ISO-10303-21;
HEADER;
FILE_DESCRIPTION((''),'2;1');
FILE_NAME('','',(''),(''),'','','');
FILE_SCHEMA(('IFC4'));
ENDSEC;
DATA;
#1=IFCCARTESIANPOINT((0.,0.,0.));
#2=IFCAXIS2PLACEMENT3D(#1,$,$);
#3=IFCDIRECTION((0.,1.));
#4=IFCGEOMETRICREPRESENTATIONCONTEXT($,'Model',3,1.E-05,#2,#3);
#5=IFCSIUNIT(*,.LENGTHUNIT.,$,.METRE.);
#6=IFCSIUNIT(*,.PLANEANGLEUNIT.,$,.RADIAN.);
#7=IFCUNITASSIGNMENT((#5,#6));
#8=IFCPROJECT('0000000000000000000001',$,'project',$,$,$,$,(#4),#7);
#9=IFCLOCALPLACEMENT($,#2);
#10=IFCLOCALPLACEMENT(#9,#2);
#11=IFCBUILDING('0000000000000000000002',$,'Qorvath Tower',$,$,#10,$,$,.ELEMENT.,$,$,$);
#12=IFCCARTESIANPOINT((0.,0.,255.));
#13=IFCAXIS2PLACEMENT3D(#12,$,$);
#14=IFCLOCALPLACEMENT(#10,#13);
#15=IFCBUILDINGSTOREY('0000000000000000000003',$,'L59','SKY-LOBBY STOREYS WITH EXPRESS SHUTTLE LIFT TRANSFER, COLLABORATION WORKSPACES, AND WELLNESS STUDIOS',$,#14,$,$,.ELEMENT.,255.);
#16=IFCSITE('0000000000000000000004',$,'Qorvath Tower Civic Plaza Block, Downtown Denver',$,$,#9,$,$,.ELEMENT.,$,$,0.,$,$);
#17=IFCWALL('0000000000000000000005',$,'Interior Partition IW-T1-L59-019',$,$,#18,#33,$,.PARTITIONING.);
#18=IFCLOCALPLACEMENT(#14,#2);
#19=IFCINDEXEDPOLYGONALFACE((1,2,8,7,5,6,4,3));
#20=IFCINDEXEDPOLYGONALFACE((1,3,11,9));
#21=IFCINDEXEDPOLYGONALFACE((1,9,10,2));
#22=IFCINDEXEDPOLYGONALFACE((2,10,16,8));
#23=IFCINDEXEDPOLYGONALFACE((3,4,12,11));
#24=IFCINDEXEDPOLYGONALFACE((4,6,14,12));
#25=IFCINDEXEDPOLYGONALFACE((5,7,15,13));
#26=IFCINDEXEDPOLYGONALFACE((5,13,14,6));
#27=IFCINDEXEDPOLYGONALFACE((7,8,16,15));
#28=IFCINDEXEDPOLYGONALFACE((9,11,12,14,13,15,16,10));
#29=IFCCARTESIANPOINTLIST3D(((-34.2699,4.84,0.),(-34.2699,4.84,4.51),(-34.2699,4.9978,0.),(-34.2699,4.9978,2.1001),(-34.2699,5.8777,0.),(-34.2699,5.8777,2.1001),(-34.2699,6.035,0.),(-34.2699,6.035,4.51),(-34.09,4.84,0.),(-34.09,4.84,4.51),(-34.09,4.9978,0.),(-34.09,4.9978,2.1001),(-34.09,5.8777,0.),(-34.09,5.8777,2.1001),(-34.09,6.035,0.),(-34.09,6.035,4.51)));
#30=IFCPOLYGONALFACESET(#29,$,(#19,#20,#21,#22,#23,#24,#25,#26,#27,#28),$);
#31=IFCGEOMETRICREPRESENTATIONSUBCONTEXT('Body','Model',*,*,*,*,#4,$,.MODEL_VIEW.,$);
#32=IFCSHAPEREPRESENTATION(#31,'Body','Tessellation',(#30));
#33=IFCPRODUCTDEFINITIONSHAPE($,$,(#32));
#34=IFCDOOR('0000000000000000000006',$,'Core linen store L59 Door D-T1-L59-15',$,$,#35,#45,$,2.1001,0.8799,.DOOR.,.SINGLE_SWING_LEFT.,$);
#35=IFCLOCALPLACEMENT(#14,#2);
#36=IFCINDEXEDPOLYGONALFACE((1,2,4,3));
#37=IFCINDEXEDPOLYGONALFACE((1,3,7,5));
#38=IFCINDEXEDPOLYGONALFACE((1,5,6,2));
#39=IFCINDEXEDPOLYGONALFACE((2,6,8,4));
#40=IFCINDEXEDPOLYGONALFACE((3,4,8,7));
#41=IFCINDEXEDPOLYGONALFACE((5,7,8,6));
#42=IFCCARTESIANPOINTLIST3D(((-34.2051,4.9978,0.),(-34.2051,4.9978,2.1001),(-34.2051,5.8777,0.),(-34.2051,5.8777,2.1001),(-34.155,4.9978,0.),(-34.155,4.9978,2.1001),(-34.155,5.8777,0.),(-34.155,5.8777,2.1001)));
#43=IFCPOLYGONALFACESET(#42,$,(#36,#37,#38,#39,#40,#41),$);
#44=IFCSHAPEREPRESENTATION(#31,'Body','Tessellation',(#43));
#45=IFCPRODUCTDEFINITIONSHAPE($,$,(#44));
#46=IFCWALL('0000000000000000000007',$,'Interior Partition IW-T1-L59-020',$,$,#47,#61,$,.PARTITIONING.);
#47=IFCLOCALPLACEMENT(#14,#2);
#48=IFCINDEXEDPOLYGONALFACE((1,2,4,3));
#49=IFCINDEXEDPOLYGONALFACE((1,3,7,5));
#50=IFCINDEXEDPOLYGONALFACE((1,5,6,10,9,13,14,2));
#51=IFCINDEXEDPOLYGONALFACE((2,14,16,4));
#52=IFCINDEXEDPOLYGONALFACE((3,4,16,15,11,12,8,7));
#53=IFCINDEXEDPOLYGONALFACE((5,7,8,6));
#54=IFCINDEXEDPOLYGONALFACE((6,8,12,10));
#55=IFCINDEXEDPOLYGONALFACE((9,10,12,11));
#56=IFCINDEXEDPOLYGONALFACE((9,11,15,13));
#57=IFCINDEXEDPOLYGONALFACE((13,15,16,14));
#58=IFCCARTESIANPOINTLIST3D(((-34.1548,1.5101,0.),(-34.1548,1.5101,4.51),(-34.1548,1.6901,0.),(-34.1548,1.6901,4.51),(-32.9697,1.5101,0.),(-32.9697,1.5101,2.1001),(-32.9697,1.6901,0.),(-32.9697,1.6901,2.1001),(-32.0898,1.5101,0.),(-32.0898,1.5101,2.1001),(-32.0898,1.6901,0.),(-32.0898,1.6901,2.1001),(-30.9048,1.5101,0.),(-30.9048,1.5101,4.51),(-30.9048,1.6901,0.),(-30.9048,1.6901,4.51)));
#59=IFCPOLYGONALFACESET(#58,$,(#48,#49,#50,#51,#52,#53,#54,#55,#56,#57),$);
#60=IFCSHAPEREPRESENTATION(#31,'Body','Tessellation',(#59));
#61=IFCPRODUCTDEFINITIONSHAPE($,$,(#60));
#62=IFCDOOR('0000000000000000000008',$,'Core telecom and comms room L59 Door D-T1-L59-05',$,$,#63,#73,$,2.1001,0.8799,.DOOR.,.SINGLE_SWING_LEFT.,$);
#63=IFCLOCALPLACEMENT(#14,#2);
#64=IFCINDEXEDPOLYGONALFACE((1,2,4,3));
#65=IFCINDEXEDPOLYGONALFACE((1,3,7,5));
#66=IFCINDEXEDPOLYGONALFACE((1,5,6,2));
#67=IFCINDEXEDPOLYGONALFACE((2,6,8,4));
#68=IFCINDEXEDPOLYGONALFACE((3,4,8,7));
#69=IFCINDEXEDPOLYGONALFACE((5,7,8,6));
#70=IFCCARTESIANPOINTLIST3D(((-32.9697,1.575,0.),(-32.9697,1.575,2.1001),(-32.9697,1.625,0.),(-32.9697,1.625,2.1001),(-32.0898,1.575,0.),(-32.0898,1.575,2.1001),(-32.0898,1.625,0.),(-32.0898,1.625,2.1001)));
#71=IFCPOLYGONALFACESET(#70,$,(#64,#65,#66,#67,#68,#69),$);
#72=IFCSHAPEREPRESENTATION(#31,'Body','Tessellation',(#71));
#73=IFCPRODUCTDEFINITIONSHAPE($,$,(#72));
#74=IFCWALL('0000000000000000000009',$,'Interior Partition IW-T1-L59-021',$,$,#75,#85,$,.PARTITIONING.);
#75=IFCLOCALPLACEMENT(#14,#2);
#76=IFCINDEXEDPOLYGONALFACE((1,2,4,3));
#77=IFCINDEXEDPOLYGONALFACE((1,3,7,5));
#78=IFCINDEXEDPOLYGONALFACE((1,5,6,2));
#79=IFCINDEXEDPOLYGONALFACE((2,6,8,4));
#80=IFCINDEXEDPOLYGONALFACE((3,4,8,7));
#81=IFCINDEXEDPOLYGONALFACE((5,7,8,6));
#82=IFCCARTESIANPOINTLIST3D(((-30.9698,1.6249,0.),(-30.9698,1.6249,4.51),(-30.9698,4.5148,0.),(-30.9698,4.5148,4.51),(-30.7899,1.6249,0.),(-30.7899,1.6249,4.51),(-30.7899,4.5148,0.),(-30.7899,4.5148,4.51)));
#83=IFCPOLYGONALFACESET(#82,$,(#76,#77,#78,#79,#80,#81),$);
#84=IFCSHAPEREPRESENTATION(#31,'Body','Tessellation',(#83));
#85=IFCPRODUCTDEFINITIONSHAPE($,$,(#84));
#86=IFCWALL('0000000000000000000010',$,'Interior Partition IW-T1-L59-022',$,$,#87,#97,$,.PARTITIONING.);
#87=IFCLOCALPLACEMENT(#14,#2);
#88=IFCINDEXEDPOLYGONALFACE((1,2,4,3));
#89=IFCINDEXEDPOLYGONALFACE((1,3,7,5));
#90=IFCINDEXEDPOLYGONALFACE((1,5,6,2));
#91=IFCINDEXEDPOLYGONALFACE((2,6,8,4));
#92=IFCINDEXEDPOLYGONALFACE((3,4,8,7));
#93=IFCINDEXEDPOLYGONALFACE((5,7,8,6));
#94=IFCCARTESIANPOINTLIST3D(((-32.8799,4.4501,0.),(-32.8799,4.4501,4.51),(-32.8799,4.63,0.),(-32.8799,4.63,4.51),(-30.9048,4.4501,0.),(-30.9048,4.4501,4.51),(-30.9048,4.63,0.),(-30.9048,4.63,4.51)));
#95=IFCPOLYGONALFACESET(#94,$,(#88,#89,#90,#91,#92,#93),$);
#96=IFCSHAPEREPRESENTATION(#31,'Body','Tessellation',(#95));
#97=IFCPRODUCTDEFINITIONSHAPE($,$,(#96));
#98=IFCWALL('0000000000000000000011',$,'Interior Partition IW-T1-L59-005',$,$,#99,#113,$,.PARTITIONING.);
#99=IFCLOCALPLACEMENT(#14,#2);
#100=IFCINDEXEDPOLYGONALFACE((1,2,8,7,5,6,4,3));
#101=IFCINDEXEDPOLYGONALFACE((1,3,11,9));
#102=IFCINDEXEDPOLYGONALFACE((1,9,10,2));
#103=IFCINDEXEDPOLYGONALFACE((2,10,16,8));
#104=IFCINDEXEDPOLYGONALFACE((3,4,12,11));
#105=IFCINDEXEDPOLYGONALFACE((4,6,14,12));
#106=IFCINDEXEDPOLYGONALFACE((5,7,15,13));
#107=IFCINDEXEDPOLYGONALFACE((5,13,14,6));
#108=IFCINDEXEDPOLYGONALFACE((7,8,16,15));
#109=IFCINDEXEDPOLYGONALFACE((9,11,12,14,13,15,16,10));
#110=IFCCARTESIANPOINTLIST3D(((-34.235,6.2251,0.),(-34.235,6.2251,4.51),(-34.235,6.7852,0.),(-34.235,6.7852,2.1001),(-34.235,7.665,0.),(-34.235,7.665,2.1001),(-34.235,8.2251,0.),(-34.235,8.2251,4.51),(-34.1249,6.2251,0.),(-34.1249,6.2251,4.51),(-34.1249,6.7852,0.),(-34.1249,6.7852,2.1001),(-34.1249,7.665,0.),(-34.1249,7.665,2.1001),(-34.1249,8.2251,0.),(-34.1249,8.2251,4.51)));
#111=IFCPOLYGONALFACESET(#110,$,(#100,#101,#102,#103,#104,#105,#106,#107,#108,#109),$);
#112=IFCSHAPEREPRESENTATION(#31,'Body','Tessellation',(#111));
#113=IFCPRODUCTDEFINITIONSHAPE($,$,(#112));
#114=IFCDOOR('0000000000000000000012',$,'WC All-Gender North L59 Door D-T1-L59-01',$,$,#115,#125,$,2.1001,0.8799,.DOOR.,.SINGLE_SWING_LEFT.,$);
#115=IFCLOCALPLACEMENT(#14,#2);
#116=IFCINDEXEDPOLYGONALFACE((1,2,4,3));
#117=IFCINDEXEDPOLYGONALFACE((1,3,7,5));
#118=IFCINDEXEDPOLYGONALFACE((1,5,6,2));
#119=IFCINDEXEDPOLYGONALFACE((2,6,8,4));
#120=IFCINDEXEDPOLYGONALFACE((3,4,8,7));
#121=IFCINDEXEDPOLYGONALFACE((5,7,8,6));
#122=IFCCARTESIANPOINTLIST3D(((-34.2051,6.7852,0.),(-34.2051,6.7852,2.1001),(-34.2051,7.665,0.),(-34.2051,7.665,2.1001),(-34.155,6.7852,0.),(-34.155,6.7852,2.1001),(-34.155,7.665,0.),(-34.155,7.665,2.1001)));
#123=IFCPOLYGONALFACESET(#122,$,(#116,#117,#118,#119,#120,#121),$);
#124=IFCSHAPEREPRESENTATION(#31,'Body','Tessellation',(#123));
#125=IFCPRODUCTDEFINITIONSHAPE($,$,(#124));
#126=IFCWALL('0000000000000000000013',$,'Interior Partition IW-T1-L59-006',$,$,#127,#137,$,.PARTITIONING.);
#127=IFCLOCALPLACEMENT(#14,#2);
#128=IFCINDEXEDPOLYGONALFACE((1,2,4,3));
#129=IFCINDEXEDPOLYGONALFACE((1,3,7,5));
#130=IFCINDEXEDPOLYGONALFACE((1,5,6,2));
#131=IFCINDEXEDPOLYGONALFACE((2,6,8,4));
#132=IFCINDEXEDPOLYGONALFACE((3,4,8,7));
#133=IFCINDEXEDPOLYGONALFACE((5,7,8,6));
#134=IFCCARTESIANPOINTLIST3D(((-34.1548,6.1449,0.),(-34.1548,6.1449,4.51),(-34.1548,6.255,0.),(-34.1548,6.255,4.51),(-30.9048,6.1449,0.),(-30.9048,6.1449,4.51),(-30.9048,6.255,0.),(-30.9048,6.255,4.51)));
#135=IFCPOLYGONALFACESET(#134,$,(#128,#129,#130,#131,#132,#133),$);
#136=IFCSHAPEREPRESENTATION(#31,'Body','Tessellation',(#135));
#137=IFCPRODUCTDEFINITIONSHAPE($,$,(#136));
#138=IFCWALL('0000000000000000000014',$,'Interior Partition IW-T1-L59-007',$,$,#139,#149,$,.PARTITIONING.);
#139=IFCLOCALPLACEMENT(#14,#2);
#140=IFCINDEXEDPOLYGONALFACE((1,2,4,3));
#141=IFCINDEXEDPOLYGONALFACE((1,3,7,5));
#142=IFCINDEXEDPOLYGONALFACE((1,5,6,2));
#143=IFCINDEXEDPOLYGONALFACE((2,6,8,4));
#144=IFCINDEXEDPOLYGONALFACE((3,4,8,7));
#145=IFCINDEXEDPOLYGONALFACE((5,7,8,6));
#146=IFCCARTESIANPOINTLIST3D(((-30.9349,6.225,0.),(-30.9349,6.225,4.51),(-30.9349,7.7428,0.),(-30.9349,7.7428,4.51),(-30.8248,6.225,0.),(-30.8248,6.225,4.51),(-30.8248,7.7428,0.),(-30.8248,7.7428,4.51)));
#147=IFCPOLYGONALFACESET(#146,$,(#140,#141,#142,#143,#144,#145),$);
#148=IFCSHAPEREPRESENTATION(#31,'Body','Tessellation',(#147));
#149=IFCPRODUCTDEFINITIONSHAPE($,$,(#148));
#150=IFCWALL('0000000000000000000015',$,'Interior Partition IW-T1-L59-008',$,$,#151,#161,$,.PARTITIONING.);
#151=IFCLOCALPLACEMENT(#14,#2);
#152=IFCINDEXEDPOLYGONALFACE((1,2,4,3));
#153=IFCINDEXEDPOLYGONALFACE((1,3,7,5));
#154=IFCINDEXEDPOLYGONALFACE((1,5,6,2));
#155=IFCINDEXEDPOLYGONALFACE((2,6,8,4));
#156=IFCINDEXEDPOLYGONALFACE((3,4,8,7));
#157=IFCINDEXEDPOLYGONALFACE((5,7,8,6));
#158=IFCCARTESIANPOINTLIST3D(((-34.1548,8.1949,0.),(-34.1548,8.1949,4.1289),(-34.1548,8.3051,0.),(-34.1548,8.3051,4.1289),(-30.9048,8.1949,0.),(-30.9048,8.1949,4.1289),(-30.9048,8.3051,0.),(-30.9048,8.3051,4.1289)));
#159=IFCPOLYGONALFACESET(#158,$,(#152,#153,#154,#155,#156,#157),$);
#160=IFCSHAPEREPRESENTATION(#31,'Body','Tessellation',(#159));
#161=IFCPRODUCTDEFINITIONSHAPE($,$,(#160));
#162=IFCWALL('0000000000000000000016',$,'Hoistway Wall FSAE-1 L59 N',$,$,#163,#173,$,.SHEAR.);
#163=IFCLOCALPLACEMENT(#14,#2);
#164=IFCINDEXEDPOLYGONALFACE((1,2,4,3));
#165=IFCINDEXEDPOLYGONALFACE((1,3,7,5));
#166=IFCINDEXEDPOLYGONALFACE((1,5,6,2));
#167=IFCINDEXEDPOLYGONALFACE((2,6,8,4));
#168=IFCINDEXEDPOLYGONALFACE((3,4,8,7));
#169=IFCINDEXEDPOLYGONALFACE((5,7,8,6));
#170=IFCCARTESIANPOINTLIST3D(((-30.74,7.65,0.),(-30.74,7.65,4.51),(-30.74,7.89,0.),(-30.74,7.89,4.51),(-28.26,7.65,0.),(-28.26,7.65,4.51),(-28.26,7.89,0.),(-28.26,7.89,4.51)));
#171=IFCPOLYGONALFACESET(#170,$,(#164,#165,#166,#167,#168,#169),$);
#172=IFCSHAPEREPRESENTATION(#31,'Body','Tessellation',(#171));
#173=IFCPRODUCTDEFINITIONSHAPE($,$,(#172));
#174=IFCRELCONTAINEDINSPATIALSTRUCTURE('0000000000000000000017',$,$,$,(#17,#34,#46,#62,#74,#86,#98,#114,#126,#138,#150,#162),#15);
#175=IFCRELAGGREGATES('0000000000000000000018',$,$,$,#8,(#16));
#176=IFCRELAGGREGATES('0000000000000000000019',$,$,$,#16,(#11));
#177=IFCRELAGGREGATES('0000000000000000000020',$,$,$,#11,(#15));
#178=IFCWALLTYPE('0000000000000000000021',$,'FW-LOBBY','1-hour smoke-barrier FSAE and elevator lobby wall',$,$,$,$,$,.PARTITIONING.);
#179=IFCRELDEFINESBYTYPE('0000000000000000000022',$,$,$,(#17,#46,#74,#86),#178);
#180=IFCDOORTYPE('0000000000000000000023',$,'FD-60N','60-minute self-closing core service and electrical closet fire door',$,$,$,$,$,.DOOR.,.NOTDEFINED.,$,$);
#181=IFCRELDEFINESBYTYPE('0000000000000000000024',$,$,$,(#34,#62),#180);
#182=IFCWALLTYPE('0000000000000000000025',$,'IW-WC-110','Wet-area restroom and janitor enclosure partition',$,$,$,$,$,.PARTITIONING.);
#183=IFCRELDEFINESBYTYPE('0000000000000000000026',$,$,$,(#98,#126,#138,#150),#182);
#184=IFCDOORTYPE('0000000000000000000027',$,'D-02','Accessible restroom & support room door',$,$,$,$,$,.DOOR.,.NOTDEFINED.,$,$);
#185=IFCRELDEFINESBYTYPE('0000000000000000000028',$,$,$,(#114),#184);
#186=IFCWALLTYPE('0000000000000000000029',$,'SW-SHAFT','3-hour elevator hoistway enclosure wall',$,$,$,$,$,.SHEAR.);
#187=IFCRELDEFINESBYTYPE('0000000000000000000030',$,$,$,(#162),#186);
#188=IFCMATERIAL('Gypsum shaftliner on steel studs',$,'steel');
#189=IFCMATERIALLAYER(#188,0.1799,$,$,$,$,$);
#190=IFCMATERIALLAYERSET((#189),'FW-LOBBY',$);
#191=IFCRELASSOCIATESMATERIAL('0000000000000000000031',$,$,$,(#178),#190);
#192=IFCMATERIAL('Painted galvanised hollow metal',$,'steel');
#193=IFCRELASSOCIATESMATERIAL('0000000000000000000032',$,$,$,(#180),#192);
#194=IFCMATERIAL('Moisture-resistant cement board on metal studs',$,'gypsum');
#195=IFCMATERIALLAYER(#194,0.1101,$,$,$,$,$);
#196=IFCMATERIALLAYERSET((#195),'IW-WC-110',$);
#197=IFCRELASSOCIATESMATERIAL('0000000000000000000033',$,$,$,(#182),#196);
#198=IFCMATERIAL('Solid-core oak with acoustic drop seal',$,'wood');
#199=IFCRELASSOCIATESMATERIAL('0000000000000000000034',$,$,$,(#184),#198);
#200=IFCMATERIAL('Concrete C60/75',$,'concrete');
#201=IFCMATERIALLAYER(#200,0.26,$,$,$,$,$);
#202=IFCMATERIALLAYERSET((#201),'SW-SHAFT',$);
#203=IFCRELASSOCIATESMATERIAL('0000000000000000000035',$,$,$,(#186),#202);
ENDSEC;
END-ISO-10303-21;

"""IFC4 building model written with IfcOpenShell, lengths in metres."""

from ifc_helpers import new_model, si_unit, direction, frame, frame_2d, origin, place, context, subcontext, project, spatial, rectangle, extrude, material, layer, layer_set, type_object, element, fill, save


model = new_model("IFC4")

# Units and contexts
model_context = context("Model", 3, precision=1e-05, world=origin(), true_north=direction((0.0, 1.0)))
body_context = subcontext(model_context, "Body", "Model", "MODEL_VIEW")
ifc_project = project(units=[si_unit("LENGTHUNIT", "METRE"), si_unit("PLANEANGLEUNIT", "RADIAN")], contexts=[model_context])

# Site, building, storey
site_placement = place(None, origin())
site = spatial("IfcSite", under=ifc_project, at=site_placement, Name="Qorvath Tower Civic Plaza Block, Downtown Denver", CompositionType="ELEMENT", RefElevation=0.0)
building_placement = place(site_placement, origin())
building = spatial("IfcBuilding", under=site, at=building_placement, Name="Qorvath Tower", CompositionType="ELEMENT")
storey_placement = place(building_placement, frame((0.0, 0.0, 255.0)))
storey = spatial("IfcBuildingStorey", under=building, at=storey_placement, Name="L59", Description="SKY-LOBBY STOREYS WITH EXPRESS SHUTTLE LIFT TRANSFER, COLLABORATION WORKSPACES, AND WELLNESS STUDIOS", CompositionType="ELEMENT", Elevation=255.0)

# Shared definitions
ifc_material_1 = material(Name="Gypsum shaftliner on steel studs", Category="steel")
ifc_layer_1 = layer(ifc_material_1, 0.1799)
ifc_layer_set_1 = layer_set([ifc_layer_1], Name="FW-LOBBY")
wall_type_1 = type_object("IfcWallType", Name="FW-LOBBY", Description="1-hour smoke-barrier FSAE and elevator lobby wall", PredefinedType="PARTITIONING", material=ifc_layer_set_1)

# Walls, openings, doors
wall_1_placement = place(storey_placement, frame((-34.1799, 6.0352, 0.0), z_axis=(0.0, 0.0, 1.0), x_axis=(0.0, -1.0, 0.0)))
wall_1 = element("IfcWall", 1, at=wall_1_placement, inside=storey, type_object=wall_type_1, Name="Interior Partition IW-T1-L59-019", PredefinedType="PARTITIONING", context=body_context, shape_type="SweptSolid", body=[
    extrude(rectangle(XDim=1.1951, YDim=0.1799, at=frame_2d((0.5977, 0.0))), origin(), (0.0, 0.0, 1.0), 4.51),
])
opening_1_placement = place(wall_1_placement, frame((0.1575, 0.0, 0.0)))
opening_1 = element("IfcOpeningElement", 2, at=opening_1_placement, cuts=wall_1, PredefinedType="OPENING", context=body_context, shape_type="SweptSolid", body=[
    extrude(rectangle(XDim=0.8799, YDim=2.1001, at=frame_2d((0.4399, 1.05))), frame((0.0, 0.1001, 0.0), z_axis=(0.0, -1.0, 0.0), x_axis=(1.0, 0.0, 0.0)), (0.0, 0.0, 1.0), 0.2),
])
ifc_material_2 = material(Name="Painted galvanised hollow metal", Category="steel")
door_type_1 = type_object("IfcDoorType", Name="FD-60N", Description="60-minute self-closing core service and electrical closet fire door", OperationType="NOTDEFINED", PredefinedType="DOOR", material=ifc_material_2)
door_1_placement = place(opening_1_placement, origin())
door_1 = element("IfcDoor", 3, at=door_1_placement, inside=storey, type_object=door_type_1, Name="Core linen store L59 Door D-T1-L59-15", OperationType="SINGLE_SWING_LEFT", OverallHeight=2.1001, OverallWidth=0.8799, PredefinedType="DOOR", context=body_context, shape_type="SweptSolid", body=[
    extrude(rectangle(XDim=0.8799, YDim=2.1001, at=frame_2d((0.4399, 1.05))), frame((0.0, 0.0249, 0.0), z_axis=(0.0, -1.0, 0.0), x_axis=(1.0, 0.0, 0.0)), (0.0, 0.0, 1.0), 0.05),
])
fill(opening_1, door_1)
wall_2_placement = place(storey_placement, frame((-34.1548, 1.6001, 0.0), z_axis=(0.0, 0.0, 1.0), x_axis=(1.0, 0.0, 0.0)))
wall_2 = element("IfcWall", 4, at=wall_2_placement, inside=storey, type_object=wall_type_1, Name="Interior Partition IW-T1-L59-020", PredefinedType="PARTITIONING", context=body_context, shape_type="SweptSolid", body=[
    extrude(rectangle(XDim=3.25, YDim=0.1799, at=frame_2d((1.625, 0.0))), origin(), (0.0, 0.0, 1.0), 4.51),
])
opening_2_placement = place(wall_2_placement, frame((1.1851, 0.0, 0.0)))
opening_2 = element("IfcOpeningElement", 5, at=opening_2_placement, cuts=wall_2, PredefinedType="OPENING", context=body_context, shape_type="SweptSolid", body=[
    extrude(rectangle(XDim=0.8799, YDim=2.1001, at=frame_2d((0.4399, 1.05))), frame((0.0, 0.1001, 0.0), z_axis=(0.0, -1.0, 0.0), x_axis=(1.0, 0.0, 0.0)), (0.0, 0.0, 1.0), 0.2),
])
door_2_placement = place(opening_2_placement, origin())
door_2 = element("IfcDoor", 6, at=door_2_placement, inside=storey, type_object=door_type_1, Name="Core telecom and comms room L59 Door D-T1-L59-05", OperationType="SINGLE_SWING_LEFT", OverallHeight=2.1001, OverallWidth=0.8799, PredefinedType="DOOR", context=body_context, shape_type="SweptSolid", body=[
    extrude(rectangle(XDim=0.8799, YDim=2.1001, at=frame_2d((0.4399, 1.05))), frame((0.0, 0.0249, 0.0), z_axis=(0.0, -1.0, 0.0), x_axis=(1.0, 0.0, 0.0)), (0.0, 0.0, 1.0), 0.05),
])
fill(opening_2, door_2)

# Walls
wall_3_placement = place(storey_placement, frame((-30.8799, 1.625, 0.0), z_axis=(0.0, 0.0, 1.0), x_axis=(0.0, 1.0, 0.0)))
element("IfcWall", 7, at=wall_3_placement, inside=storey, type_object=wall_type_1, Name="Interior Partition IW-T1-L59-021", PredefinedType="PARTITIONING", context=body_context, shape_type="SweptSolid", body=[
    extrude(rectangle(XDim=2.8899, YDim=0.1799, at=frame_2d((1.4448, 0.0))), origin(), (0.0, 0.0, 1.0), 4.51),
])
wall_4_placement = place(storey_placement, frame((-30.9048, 4.54, 0.0), z_axis=(0.0, 0.0, 1.0), x_axis=(-1.0, 0.0, 0.0)))
element("IfcWall", 8, at=wall_4_placement, inside=storey, type_object=wall_type_1, Name="Interior Partition IW-T1-L59-022", PredefinedType="PARTITIONING", context=body_context, shape_type="SweptSolid", body=[
    extrude(rectangle(XDim=1.9751, YDim=0.1799, at=frame_2d((0.9875, 0.0))), origin(), (0.0, 0.0, 1.0), 4.51),
])

# Wall, opening, door
ifc_material_3 = material(Name="Moisture-resistant cement board on metal studs", Category="gypsum")
ifc_layer_2 = layer(ifc_material_3, 0.1101)
ifc_layer_set_2 = layer_set([ifc_layer_2], Name="IW-WC-110")
wall_type_2 = type_object("IfcWallType", Name="IW-WC-110", Description="Wet-area restroom and janitor enclosure partition", PredefinedType="PARTITIONING", material=ifc_layer_set_2)
wall_5_placement = place(storey_placement, frame((-34.1799, 8.2251, 0.0), z_axis=(0.0, 0.0, 1.0), x_axis=(0.0, -1.0, 0.0)))
wall_5 = element("IfcWall", 9, at=wall_5_placement, inside=storey, type_object=wall_type_2, Name="Interior Partition IW-T1-L59-005", PredefinedType="PARTITIONING", context=body_context, shape_type="SweptSolid", body=[
    extrude(rectangle(XDim=2.0, YDim=0.1101, at=frame_2d((1.0, 0.0))), origin(), (0.0, 0.0, 1.0), 4.51),
])
opening_3_placement = place(wall_5_placement, frame((0.5601, 0.0, 0.0)))
opening_3 = element("IfcOpeningElement", 10, at=opening_3_placement, cuts=wall_5, PredefinedType="OPENING", context=body_context, shape_type="SweptSolid", body=[
    extrude(rectangle(XDim=0.8799, YDim=2.1001, at=frame_2d((0.4399, 1.05))), frame((0.0, 0.0649, 0.0), z_axis=(0.0, -1.0, 0.0), x_axis=(1.0, 0.0, 0.0)), (0.0, 0.0, 1.0), 0.1301),
])
ifc_material_4 = material(Name="Solid-core oak with acoustic drop seal", Category="wood")
door_type_2 = type_object("IfcDoorType", Name="D-02", Description="Accessible restroom & support room door", OperationType="NOTDEFINED", PredefinedType="DOOR", material=ifc_material_4)
door_3_placement = place(opening_3_placement, origin())
door_3 = element("IfcDoor", 11, at=door_3_placement, inside=storey, type_object=door_type_2, Name="WC All-Gender North L59 Door D-T1-L59-01", OperationType="SINGLE_SWING_LEFT", OverallHeight=2.1001, OverallWidth=0.8799, PredefinedType="DOOR", context=body_context, shape_type="SweptSolid", body=[
    extrude(rectangle(XDim=0.8799, YDim=2.1001, at=frame_2d((0.4399, 1.05))), frame((0.0, 0.0249, 0.0), z_axis=(0.0, -1.0, 0.0), x_axis=(1.0, 0.0, 0.0)), (0.0, 0.0, 1.0), 0.05),
])
fill(opening_3, door_3)

# Walls
wall_6_placement = place(storey_placement, frame((-34.1548, 6.2, 0.0), z_axis=(0.0, 0.0, 1.0), x_axis=(1.0, 0.0, 0.0)))
element("IfcWall", 12, at=wall_6_placement, inside=storey, type_object=wall_type_2, Name="Interior Partition IW-T1-L59-006", PredefinedType="PARTITIONING", context=body_context, shape_type="SweptSolid", body=[
    extrude(rectangle(XDim=3.25, YDim=0.1101, at=frame_2d((1.625, 0.0))), origin(), (0.0, 0.0, 1.0), 4.51),
])
wall_7_placement = place(storey_placement, frame((-30.8799, 6.2251, 0.0), z_axis=(0.0, 0.0, 1.0), x_axis=(0.0, 1.0, 0.0)))
element("IfcWall", 13, at=wall_7_placement, inside=storey, type_object=wall_type_2, Name="Interior Partition IW-T1-L59-007", PredefinedType="PARTITIONING", context=body_context, shape_type="SweptSolid", body=[
    extrude(rectangle(XDim=1.5178, YDim=0.1101, at=frame_2d((0.7588, 0.0))), origin(), (0.0, 0.0, 1.0), 4.51),
])
wall_8_placement = place(storey_placement, frame((-30.9048, 8.25, 0.0), z_axis=(0.0, 0.0, 1.0), x_axis=(-1.0, 0.0, 0.0)))
element("IfcWall", 14, at=wall_8_placement, inside=storey, type_object=wall_type_2, Name="Interior Partition IW-T1-L59-008", PredefinedType="PARTITIONING", context=body_context, shape_type="SweptSolid", body=[
    extrude(rectangle(XDim=3.25, YDim=0.1101, at=frame_2d((1.625, 0.0))), origin(), (0.0, 0.0, 1.0), 4.1289),
])
ifc_material_5 = material(Name="Concrete C60/75", Category="concrete")
ifc_layer_3 = layer(ifc_material_5, 0.26)
ifc_layer_set_3 = layer_set([ifc_layer_3], Name="SW-SHAFT")
wall_type_3 = type_object("IfcWallType", Name="SW-SHAFT", Description="3-hour elevator hoistway enclosure wall", PredefinedType="SHEAR", material=ifc_layer_set_3)
wall_9_placement = place(storey_placement, frame((-30.74, 7.77, 0.0), z_axis=(0.0, 0.0, 1.0), x_axis=(1.0, 0.0, 0.0)))
element("IfcWall", 15, at=wall_9_placement, inside=storey, type_object=wall_type_3, Name="Hoistway Wall FSAE-1 L59 N", PredefinedType="SHEAR", context=body_context, shape_type="SweptSolid", body=[
    extrude(rectangle(XDim=2.48, YDim=0.24, at=frame_2d((1.24, 0.0))), origin(), (0.0, 0.0, 1.0), 4.51),
])

save(model, "model.ifc")
